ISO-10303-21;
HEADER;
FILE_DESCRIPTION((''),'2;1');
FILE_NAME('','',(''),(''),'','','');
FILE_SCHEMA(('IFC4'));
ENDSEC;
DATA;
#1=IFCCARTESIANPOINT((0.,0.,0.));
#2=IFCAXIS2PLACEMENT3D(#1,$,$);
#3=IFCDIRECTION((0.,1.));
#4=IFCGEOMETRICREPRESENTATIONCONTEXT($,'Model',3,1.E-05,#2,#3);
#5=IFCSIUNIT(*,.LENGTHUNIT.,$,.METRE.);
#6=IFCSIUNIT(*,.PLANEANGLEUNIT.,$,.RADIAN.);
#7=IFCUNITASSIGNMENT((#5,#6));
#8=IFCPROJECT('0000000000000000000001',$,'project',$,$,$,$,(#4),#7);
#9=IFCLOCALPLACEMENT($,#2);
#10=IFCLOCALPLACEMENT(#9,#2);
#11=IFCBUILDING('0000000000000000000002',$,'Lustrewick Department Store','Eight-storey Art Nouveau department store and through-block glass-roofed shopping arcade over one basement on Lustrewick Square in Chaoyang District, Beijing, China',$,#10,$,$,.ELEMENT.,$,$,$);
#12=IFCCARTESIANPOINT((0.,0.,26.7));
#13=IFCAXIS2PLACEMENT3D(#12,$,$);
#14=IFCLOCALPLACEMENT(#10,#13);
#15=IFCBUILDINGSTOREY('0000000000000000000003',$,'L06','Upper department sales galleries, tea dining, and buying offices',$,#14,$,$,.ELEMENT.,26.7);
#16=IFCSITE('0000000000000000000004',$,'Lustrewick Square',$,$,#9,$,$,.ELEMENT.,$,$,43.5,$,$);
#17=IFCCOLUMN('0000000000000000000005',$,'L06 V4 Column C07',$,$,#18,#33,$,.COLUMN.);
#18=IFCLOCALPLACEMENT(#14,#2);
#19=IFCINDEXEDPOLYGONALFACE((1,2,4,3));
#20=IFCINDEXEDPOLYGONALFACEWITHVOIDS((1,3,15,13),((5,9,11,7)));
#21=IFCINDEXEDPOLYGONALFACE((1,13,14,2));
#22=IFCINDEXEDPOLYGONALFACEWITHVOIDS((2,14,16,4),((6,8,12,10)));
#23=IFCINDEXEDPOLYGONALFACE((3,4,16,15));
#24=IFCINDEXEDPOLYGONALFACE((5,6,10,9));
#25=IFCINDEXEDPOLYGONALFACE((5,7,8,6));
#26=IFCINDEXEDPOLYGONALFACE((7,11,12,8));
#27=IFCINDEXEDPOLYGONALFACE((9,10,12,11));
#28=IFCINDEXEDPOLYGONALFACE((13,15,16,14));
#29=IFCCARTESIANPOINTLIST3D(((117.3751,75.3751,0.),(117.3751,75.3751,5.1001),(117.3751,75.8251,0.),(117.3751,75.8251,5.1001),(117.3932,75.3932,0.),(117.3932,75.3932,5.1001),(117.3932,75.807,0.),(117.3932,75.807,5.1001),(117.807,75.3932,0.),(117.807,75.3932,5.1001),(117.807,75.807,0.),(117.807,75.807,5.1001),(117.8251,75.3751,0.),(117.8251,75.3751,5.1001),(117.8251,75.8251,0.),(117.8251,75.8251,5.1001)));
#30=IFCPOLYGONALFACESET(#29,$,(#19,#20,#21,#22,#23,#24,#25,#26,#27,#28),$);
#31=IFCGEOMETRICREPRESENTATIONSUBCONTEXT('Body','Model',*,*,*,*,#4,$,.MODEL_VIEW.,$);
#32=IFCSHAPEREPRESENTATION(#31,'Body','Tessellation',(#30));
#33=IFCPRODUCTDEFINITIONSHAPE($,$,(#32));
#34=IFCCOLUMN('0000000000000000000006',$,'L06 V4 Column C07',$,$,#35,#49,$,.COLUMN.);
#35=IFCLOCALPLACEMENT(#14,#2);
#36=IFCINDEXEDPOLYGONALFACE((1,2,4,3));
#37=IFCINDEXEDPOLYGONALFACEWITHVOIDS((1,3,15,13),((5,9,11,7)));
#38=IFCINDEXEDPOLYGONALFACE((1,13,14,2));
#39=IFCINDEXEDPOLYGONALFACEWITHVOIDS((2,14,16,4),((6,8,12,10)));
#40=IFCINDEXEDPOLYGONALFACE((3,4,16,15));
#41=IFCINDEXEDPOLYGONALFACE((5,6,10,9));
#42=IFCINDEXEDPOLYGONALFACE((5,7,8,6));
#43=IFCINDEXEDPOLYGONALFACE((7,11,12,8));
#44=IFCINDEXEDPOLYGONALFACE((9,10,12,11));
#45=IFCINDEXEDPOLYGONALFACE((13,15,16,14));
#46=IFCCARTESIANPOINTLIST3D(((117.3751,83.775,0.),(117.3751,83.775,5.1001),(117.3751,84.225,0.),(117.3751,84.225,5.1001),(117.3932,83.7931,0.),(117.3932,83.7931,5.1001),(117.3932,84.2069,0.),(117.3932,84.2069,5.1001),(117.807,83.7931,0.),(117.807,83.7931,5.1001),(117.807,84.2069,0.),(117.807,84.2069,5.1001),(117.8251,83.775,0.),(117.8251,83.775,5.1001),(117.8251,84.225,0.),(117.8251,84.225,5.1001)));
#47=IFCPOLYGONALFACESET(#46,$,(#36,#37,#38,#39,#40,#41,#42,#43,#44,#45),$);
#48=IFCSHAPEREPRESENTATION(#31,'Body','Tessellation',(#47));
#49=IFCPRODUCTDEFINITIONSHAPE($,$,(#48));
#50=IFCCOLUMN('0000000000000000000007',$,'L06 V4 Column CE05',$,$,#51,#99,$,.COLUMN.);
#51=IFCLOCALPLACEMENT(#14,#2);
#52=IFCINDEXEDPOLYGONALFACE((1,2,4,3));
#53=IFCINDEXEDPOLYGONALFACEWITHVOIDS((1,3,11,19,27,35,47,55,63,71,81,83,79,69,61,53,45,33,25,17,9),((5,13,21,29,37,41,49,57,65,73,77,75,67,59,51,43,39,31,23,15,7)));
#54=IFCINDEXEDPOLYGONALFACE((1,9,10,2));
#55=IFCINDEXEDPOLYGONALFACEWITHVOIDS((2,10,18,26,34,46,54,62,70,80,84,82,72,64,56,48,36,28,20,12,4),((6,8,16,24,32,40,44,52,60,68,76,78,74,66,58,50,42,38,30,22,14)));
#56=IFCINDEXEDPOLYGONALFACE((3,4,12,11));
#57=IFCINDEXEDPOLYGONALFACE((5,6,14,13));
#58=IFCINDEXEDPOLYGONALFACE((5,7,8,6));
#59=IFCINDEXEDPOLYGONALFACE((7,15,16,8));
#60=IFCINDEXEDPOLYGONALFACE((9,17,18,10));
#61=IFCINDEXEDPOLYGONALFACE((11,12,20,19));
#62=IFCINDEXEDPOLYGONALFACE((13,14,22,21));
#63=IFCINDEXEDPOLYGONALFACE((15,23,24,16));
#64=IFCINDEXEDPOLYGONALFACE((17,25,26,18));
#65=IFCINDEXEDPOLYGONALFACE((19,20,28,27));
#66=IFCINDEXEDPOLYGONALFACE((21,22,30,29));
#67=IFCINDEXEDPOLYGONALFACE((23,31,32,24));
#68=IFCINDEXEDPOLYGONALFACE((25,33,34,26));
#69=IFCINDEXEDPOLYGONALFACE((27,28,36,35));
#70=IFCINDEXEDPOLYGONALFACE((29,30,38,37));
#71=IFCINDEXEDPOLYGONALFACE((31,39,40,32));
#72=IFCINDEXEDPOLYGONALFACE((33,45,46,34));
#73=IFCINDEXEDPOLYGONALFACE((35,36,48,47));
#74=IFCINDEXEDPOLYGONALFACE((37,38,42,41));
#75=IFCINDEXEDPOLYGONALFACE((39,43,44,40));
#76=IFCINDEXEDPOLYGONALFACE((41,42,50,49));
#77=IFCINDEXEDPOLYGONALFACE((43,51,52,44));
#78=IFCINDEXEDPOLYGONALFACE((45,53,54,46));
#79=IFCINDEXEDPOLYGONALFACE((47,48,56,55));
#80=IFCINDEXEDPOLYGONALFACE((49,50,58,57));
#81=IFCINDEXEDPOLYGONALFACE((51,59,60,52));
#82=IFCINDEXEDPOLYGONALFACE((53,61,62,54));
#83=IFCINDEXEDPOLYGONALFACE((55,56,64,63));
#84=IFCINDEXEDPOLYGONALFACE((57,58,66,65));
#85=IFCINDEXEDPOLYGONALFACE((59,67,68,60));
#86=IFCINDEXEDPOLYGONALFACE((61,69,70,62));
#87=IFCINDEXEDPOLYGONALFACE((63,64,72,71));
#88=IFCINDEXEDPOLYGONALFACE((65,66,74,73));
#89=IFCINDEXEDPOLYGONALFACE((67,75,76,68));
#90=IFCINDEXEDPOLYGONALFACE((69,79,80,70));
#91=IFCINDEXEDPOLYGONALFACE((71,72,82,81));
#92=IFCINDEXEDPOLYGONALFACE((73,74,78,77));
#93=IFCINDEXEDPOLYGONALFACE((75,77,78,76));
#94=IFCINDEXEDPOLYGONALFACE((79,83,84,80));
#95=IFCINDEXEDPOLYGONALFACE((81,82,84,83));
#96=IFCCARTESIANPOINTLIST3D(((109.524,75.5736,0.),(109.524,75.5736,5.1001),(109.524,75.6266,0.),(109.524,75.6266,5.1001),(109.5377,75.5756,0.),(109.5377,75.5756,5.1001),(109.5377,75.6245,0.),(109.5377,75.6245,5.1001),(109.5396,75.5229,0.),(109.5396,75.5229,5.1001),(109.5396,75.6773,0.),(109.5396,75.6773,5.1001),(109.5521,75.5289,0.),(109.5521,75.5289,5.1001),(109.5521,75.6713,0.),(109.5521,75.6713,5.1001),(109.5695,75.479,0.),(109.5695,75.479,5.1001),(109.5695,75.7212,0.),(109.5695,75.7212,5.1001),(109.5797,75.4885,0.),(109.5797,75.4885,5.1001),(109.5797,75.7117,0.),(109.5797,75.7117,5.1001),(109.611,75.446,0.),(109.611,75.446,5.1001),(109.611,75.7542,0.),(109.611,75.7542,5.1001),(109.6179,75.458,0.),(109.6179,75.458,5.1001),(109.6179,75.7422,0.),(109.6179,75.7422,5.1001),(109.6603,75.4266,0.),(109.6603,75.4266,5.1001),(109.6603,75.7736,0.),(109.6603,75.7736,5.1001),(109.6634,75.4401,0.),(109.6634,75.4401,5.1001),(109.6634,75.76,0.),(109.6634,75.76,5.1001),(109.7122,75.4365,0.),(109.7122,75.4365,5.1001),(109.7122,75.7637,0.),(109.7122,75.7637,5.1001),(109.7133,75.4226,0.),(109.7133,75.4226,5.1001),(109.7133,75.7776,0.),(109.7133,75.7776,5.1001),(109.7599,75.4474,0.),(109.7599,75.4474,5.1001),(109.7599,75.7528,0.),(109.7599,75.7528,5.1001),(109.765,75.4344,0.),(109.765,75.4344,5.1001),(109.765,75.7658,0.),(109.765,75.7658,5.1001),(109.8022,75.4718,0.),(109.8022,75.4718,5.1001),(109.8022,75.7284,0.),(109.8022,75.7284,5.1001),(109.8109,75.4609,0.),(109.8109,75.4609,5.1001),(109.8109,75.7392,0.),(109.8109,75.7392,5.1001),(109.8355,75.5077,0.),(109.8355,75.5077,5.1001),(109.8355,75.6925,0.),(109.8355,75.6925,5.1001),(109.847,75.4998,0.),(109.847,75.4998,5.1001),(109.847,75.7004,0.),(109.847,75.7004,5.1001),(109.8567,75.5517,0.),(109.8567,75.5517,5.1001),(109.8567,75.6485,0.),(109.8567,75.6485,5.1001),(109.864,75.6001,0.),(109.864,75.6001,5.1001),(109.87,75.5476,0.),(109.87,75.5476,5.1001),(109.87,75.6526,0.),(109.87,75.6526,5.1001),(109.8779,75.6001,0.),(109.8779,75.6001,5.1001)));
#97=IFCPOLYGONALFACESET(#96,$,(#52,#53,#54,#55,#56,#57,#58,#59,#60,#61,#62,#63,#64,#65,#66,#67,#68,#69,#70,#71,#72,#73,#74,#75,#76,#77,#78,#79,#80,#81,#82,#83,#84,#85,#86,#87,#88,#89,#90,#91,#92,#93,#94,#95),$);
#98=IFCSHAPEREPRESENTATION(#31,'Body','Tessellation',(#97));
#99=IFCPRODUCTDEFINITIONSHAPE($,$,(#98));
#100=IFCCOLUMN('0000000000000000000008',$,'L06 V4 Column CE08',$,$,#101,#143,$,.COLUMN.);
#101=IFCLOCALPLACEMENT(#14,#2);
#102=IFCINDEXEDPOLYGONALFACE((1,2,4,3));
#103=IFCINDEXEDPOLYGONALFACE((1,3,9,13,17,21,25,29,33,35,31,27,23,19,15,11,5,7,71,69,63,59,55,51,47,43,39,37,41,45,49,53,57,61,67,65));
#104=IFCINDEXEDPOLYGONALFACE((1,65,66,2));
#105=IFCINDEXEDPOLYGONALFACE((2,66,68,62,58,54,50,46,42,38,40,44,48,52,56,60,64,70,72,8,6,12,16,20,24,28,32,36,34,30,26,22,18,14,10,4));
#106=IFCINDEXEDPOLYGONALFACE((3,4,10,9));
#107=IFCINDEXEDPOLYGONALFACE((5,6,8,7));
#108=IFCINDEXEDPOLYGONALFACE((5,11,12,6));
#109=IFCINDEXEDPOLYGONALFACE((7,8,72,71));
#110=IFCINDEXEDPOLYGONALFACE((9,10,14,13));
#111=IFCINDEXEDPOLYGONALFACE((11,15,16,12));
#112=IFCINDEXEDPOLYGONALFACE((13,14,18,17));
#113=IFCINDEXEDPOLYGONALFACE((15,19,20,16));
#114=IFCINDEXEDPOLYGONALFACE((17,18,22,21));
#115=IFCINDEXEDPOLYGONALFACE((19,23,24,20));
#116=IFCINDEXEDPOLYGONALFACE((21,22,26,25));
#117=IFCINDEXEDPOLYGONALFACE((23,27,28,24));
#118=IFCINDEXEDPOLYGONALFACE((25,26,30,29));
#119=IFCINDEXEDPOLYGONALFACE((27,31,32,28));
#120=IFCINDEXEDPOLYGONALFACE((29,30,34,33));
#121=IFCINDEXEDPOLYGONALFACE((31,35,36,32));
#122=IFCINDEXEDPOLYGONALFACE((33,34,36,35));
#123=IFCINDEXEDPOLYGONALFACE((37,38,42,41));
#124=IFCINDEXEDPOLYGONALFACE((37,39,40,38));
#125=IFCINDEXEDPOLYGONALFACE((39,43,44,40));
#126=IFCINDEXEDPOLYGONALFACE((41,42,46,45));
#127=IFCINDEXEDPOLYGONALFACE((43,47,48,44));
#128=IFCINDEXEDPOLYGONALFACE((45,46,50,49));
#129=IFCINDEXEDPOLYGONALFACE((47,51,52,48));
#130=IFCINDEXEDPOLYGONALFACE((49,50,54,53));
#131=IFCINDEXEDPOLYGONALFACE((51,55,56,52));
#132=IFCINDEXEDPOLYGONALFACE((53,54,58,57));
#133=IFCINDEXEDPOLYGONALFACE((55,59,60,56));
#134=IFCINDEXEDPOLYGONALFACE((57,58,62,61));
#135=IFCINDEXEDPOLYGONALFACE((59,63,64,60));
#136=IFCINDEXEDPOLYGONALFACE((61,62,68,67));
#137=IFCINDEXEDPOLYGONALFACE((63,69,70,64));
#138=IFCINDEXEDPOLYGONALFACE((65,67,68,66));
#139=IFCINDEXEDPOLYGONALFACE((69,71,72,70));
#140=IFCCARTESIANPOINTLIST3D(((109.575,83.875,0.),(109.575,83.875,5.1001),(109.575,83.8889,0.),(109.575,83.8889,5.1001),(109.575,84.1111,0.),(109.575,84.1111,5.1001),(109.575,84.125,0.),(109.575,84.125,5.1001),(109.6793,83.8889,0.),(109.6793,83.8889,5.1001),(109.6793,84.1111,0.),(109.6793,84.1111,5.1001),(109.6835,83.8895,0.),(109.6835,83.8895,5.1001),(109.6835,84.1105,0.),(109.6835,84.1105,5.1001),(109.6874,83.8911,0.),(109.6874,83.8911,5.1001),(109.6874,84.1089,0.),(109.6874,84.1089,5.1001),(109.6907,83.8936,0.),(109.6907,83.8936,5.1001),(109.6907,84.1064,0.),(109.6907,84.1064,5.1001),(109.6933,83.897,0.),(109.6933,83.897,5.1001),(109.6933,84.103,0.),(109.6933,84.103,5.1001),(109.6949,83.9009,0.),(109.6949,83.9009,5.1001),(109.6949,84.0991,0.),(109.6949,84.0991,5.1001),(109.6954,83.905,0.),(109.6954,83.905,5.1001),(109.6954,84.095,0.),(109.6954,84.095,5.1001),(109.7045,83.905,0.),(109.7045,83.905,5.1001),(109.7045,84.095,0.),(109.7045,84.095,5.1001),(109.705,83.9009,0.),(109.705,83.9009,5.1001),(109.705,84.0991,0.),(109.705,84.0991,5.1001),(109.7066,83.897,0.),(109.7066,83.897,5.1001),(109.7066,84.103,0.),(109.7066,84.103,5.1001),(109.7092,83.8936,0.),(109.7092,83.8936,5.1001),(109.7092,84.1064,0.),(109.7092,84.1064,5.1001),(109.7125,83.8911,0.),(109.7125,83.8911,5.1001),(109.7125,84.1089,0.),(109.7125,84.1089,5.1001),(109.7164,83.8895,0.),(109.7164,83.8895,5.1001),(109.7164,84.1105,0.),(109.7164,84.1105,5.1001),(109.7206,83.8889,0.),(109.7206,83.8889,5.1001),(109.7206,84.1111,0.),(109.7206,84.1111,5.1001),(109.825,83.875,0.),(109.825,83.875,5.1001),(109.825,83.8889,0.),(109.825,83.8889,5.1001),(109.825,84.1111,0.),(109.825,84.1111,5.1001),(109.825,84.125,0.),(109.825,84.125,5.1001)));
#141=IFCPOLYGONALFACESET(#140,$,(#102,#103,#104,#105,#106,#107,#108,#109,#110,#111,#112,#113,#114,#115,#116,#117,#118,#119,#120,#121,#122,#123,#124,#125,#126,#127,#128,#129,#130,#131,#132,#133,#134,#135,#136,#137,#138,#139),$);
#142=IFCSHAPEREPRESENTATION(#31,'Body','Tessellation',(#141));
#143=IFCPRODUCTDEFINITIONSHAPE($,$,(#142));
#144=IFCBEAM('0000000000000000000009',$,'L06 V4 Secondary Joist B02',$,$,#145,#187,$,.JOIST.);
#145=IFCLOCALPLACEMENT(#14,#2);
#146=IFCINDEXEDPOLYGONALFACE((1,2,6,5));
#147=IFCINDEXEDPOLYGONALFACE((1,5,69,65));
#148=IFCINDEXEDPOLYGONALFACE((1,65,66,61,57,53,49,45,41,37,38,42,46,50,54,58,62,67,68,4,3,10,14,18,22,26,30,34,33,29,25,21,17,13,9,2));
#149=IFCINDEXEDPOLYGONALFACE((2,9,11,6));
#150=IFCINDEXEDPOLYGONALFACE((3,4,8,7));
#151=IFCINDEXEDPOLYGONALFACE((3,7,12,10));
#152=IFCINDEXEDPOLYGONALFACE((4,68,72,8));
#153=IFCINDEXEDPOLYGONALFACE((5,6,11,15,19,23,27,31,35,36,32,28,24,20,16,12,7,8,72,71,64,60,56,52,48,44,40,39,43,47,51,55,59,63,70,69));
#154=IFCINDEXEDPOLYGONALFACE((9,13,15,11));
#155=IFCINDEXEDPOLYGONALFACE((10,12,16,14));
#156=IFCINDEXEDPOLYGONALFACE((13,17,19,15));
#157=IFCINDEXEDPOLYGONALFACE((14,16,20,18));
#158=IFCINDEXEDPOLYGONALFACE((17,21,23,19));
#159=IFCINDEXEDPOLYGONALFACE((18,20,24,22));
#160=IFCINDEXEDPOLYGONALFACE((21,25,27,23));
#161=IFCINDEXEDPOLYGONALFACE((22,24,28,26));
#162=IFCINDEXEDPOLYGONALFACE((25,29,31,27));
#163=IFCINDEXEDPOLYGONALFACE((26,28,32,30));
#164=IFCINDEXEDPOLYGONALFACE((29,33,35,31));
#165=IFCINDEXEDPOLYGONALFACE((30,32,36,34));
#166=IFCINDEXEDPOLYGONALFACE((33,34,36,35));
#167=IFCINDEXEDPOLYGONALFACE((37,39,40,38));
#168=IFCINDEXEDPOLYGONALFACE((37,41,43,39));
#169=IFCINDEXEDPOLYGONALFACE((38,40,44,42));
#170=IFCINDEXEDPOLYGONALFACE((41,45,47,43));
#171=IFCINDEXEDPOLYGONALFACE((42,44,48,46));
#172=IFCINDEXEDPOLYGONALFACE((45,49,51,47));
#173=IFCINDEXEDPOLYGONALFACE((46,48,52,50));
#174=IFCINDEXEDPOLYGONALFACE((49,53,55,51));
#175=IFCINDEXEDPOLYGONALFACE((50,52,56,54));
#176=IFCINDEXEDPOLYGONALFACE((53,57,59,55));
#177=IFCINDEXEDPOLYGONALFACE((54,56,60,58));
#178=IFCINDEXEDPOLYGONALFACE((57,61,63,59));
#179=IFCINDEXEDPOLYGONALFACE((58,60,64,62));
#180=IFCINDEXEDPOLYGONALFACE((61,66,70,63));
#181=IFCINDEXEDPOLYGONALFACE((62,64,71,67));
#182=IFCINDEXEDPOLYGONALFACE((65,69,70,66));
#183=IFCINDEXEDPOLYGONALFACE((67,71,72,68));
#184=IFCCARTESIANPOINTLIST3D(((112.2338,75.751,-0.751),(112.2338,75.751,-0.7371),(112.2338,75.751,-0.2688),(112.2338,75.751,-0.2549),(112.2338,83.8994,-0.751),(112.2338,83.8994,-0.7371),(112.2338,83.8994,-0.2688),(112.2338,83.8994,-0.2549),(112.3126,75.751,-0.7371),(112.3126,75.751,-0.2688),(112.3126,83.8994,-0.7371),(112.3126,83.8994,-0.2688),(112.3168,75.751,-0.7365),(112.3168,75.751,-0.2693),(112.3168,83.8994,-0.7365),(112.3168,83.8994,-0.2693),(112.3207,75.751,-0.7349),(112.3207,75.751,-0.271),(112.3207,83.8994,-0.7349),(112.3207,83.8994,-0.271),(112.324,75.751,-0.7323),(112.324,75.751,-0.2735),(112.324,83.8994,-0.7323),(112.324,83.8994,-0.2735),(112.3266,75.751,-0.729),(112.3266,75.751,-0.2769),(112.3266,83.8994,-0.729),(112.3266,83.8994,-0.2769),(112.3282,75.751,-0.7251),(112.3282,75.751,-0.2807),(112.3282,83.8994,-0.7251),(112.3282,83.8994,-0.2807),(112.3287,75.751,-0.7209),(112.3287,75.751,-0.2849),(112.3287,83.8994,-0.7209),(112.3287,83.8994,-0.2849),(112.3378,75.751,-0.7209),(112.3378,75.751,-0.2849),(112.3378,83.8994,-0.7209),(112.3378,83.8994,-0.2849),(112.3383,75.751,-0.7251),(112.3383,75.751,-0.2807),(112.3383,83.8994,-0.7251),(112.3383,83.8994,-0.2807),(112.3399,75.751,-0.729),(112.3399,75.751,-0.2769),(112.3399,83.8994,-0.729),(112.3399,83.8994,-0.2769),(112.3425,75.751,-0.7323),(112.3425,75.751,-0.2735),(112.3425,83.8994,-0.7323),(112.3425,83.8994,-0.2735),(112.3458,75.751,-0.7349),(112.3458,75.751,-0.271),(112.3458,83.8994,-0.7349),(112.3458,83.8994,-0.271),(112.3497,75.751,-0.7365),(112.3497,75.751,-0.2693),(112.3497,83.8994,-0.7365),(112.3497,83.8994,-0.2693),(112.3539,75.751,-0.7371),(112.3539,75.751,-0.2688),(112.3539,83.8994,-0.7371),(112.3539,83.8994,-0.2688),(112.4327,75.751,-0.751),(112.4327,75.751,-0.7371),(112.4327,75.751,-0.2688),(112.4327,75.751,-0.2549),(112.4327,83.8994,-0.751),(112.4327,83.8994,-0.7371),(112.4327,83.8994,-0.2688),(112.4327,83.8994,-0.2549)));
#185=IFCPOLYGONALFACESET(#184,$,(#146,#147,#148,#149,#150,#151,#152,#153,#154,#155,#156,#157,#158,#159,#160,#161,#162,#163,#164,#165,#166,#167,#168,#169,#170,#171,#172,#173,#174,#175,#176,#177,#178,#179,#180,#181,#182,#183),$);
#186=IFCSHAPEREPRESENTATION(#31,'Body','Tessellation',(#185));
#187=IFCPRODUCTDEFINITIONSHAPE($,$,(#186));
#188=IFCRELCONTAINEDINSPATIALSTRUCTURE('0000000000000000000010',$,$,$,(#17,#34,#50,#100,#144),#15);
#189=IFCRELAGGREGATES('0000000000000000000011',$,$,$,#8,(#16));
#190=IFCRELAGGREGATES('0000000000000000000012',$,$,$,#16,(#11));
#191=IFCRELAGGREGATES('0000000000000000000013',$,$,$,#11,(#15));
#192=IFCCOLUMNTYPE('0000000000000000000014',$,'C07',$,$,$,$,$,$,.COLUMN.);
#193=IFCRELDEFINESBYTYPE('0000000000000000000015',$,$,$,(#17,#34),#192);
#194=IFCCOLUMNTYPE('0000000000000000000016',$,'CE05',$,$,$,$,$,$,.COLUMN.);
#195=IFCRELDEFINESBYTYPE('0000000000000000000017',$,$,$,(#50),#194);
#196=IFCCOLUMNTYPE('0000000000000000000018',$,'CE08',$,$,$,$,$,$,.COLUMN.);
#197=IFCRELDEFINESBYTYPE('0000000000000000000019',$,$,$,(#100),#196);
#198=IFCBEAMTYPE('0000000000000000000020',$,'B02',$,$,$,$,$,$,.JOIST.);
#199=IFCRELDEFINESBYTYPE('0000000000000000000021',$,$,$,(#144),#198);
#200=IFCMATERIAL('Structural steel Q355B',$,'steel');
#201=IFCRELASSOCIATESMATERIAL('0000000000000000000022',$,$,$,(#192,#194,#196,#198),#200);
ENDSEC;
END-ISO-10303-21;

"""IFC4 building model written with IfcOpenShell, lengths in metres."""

from ifc_helpers import new_model, si_unit, direction, frame, origin, origin_2d, place, context, subcontext, project, spatial, hollow_rectangle, hollow_circle, i_section, extrude, material, material_profile, profile_set, type_object, element, save


model = new_model("IFC4")

# Units and contexts
model_context = context("Model", 3, precision=1e-05, world=origin(), true_north=direction((0.0, 1.0)))
body_context = subcontext(model_context, "Body", "Model", "MODEL_VIEW")
ifc_project = project(units=[si_unit("LENGTHUNIT", "METRE"), si_unit("PLANEANGLEUNIT", "RADIAN")], contexts=[model_context])

# Site, building, storey
site_placement = place(None, origin())
site = spatial("IfcSite", under=ifc_project, at=site_placement, Name="Lustrewick Square", CompositionType="ELEMENT", RefElevation=43.5)
building_placement = place(site_placement, origin())
building = spatial("IfcBuilding", under=site, at=building_placement, Name="Lustrewick Department Store", Description="Eight-storey Art Nouveau department store and through-block glass-roofed shopping arcade over one basement on Lustrewick Square in Chaoyang District, Beijing, China", CompositionType="ELEMENT")
storey_placement = place(building_placement, frame((0.0, 0.0, 26.7)))
storey = spatial("IfcBuildingStorey", under=building, at=storey_placement, Name="L06", Description="Upper department sales galleries, tea dining, and buying offices", CompositionType="ELEMENT", Elevation=26.7)

# Columns
ifc_material_1 = material(Name="Structural steel Q355B", Category="steel")
ifc_material_profile_1 = material_profile(ifc_material_1, hollow_rectangle(XDim=0.45, YDim=0.45, WallThickness=0.0181, at=origin_2d()), Name="BOX 450x450x18")
ifc_profile_set_1 = profile_set([ifc_material_profile_1], Name="Structural steel Q355B")
column_type_1 = type_object("IfcColumnType", Name="C07", PredefinedType="COLUMN", material=ifc_profile_set_1)
for number, where, z_axis, x_axis, name in (
    (1, (117.6001, 75.6001, 0.0), (0.0, 0.0, 1.0), (1.0, 0.0, 0.0), "L06 V4 Column C07"),
    (2, (117.6001, 84.0, 0.0), (0.0, 0.0, 1.0), (1.0, 0.0, 0.0), "L06 V4 Column C07"),
):
    element("IfcColumn", number, at=place(storey_placement, frame(where, z_axis=z_axis, x_axis=x_axis)), inside=storey, type_object=column_type_1, Name=name, PredefinedType="COLUMN", context=body_context, shape_type="SweptSolid", body=[
        extrude(hollow_rectangle(XDim=0.45, YDim=0.45, WallThickness=0.0181, at=origin_2d()), origin(), (0.0, 0.0, 1.0), 5.1001),
    ])
ifc_material_profile_2 = material_profile(ifc_material_1, hollow_circle(Radius=0.178, WallThickness=0.0139, at=origin_2d()), Name="CHS 356x14")
ifc_profile_set_2 = profile_set([ifc_material_profile_2], Name="Structural steel Q355B")
column_type_2 = type_object("IfcColumnType", Name="CE05", PredefinedType="COLUMN", material=ifc_profile_set_2)
column_1_placement = place(storey_placement, frame((109.7, 75.6001, 0.0), z_axis=(0.0, 0.0, 1.0), x_axis=(1.0, 0.0, 0.0)))
element("IfcColumn", 3, at=column_1_placement, inside=storey, type_object=column_type_2, Name="L06 V4 Column CE05", PredefinedType="COLUMN", context=body_context, shape_type="SweptSolid", body=[
    extrude(hollow_circle(Radius=0.178, WallThickness=0.0139, at=origin_2d()), origin(), (0.0, 0.0, 1.0), 5.1001),
])
ifc_material_profile_3 = material_profile(ifc_material_1, i_section(OverallWidth=0.25, OverallDepth=0.25, WebThickness=0.009, FlangeThickness=0.0139, FilletRadius=0.0161, at=origin_2d()), Name="HW 250x250x9x14")
ifc_profile_set_3 = profile_set([ifc_material_profile_3], Name="Structural steel Q355B")
column_type_3 = type_object("IfcColumnType", Name="CE08", PredefinedType="COLUMN", material=ifc_profile_set_3)
column_2_placement = place(storey_placement, frame((109.7, 84.0, 0.0), z_axis=(0.0, 0.0, 1.0), x_axis=(1.0, 0.0, 0.0)))
element("IfcColumn", 4, at=column_2_placement, inside=storey, type_object=column_type_3, Name="L06 V4 Column CE08", PredefinedType="COLUMN", context=body_context, shape_type="SweptSolid", body=[
    extrude(i_section(OverallWidth=0.25, OverallDepth=0.25, WebThickness=0.009, FlangeThickness=0.0139, FilletRadius=0.0161, at=origin_2d()), origin(), (0.0, 0.0, 1.0), 5.1001),
])

# Beam
ifc_material_profile_4 = material_profile(ifc_material_1, i_section(OverallWidth=0.199, OverallDepth=0.4961, WebThickness=0.009, FlangeThickness=0.0139, FilletRadius=0.0161, at=origin_2d()), Name="HN 496x199x9x14")
ifc_profile_set_4 = profile_set([ifc_material_profile_4], Name="Structural steel Q355B")
beam_type_1 = type_object("IfcBeamType", Name="B02", PredefinedType="JOIST", material=ifc_profile_set_4)
for number, where, z_axis, x_axis, name in (
    (5, (112.3333, 75.751, -0.5029), (0.0, 1.0, 0.0), (-1.0, 0.0, 0.0), "L06 V4 Secondary Joist B02"),
):
    element("IfcBeam", number, at=place(storey_placement, frame(where, z_axis=z_axis, x_axis=x_axis)), inside=storey, type_object=beam_type_1, Name=name, PredefinedType="JOIST", context=body_context, shape_type="SweptSolid", body=[
        extrude(i_section(OverallWidth=0.199, OverallDepth=0.4961, WebThickness=0.009, FlangeThickness=0.0139, FilletRadius=0.0161, at=origin_2d()), origin(), (0.0, 0.0, 1.0), 8.1484),
    ])

save(model, "model.ifc")
